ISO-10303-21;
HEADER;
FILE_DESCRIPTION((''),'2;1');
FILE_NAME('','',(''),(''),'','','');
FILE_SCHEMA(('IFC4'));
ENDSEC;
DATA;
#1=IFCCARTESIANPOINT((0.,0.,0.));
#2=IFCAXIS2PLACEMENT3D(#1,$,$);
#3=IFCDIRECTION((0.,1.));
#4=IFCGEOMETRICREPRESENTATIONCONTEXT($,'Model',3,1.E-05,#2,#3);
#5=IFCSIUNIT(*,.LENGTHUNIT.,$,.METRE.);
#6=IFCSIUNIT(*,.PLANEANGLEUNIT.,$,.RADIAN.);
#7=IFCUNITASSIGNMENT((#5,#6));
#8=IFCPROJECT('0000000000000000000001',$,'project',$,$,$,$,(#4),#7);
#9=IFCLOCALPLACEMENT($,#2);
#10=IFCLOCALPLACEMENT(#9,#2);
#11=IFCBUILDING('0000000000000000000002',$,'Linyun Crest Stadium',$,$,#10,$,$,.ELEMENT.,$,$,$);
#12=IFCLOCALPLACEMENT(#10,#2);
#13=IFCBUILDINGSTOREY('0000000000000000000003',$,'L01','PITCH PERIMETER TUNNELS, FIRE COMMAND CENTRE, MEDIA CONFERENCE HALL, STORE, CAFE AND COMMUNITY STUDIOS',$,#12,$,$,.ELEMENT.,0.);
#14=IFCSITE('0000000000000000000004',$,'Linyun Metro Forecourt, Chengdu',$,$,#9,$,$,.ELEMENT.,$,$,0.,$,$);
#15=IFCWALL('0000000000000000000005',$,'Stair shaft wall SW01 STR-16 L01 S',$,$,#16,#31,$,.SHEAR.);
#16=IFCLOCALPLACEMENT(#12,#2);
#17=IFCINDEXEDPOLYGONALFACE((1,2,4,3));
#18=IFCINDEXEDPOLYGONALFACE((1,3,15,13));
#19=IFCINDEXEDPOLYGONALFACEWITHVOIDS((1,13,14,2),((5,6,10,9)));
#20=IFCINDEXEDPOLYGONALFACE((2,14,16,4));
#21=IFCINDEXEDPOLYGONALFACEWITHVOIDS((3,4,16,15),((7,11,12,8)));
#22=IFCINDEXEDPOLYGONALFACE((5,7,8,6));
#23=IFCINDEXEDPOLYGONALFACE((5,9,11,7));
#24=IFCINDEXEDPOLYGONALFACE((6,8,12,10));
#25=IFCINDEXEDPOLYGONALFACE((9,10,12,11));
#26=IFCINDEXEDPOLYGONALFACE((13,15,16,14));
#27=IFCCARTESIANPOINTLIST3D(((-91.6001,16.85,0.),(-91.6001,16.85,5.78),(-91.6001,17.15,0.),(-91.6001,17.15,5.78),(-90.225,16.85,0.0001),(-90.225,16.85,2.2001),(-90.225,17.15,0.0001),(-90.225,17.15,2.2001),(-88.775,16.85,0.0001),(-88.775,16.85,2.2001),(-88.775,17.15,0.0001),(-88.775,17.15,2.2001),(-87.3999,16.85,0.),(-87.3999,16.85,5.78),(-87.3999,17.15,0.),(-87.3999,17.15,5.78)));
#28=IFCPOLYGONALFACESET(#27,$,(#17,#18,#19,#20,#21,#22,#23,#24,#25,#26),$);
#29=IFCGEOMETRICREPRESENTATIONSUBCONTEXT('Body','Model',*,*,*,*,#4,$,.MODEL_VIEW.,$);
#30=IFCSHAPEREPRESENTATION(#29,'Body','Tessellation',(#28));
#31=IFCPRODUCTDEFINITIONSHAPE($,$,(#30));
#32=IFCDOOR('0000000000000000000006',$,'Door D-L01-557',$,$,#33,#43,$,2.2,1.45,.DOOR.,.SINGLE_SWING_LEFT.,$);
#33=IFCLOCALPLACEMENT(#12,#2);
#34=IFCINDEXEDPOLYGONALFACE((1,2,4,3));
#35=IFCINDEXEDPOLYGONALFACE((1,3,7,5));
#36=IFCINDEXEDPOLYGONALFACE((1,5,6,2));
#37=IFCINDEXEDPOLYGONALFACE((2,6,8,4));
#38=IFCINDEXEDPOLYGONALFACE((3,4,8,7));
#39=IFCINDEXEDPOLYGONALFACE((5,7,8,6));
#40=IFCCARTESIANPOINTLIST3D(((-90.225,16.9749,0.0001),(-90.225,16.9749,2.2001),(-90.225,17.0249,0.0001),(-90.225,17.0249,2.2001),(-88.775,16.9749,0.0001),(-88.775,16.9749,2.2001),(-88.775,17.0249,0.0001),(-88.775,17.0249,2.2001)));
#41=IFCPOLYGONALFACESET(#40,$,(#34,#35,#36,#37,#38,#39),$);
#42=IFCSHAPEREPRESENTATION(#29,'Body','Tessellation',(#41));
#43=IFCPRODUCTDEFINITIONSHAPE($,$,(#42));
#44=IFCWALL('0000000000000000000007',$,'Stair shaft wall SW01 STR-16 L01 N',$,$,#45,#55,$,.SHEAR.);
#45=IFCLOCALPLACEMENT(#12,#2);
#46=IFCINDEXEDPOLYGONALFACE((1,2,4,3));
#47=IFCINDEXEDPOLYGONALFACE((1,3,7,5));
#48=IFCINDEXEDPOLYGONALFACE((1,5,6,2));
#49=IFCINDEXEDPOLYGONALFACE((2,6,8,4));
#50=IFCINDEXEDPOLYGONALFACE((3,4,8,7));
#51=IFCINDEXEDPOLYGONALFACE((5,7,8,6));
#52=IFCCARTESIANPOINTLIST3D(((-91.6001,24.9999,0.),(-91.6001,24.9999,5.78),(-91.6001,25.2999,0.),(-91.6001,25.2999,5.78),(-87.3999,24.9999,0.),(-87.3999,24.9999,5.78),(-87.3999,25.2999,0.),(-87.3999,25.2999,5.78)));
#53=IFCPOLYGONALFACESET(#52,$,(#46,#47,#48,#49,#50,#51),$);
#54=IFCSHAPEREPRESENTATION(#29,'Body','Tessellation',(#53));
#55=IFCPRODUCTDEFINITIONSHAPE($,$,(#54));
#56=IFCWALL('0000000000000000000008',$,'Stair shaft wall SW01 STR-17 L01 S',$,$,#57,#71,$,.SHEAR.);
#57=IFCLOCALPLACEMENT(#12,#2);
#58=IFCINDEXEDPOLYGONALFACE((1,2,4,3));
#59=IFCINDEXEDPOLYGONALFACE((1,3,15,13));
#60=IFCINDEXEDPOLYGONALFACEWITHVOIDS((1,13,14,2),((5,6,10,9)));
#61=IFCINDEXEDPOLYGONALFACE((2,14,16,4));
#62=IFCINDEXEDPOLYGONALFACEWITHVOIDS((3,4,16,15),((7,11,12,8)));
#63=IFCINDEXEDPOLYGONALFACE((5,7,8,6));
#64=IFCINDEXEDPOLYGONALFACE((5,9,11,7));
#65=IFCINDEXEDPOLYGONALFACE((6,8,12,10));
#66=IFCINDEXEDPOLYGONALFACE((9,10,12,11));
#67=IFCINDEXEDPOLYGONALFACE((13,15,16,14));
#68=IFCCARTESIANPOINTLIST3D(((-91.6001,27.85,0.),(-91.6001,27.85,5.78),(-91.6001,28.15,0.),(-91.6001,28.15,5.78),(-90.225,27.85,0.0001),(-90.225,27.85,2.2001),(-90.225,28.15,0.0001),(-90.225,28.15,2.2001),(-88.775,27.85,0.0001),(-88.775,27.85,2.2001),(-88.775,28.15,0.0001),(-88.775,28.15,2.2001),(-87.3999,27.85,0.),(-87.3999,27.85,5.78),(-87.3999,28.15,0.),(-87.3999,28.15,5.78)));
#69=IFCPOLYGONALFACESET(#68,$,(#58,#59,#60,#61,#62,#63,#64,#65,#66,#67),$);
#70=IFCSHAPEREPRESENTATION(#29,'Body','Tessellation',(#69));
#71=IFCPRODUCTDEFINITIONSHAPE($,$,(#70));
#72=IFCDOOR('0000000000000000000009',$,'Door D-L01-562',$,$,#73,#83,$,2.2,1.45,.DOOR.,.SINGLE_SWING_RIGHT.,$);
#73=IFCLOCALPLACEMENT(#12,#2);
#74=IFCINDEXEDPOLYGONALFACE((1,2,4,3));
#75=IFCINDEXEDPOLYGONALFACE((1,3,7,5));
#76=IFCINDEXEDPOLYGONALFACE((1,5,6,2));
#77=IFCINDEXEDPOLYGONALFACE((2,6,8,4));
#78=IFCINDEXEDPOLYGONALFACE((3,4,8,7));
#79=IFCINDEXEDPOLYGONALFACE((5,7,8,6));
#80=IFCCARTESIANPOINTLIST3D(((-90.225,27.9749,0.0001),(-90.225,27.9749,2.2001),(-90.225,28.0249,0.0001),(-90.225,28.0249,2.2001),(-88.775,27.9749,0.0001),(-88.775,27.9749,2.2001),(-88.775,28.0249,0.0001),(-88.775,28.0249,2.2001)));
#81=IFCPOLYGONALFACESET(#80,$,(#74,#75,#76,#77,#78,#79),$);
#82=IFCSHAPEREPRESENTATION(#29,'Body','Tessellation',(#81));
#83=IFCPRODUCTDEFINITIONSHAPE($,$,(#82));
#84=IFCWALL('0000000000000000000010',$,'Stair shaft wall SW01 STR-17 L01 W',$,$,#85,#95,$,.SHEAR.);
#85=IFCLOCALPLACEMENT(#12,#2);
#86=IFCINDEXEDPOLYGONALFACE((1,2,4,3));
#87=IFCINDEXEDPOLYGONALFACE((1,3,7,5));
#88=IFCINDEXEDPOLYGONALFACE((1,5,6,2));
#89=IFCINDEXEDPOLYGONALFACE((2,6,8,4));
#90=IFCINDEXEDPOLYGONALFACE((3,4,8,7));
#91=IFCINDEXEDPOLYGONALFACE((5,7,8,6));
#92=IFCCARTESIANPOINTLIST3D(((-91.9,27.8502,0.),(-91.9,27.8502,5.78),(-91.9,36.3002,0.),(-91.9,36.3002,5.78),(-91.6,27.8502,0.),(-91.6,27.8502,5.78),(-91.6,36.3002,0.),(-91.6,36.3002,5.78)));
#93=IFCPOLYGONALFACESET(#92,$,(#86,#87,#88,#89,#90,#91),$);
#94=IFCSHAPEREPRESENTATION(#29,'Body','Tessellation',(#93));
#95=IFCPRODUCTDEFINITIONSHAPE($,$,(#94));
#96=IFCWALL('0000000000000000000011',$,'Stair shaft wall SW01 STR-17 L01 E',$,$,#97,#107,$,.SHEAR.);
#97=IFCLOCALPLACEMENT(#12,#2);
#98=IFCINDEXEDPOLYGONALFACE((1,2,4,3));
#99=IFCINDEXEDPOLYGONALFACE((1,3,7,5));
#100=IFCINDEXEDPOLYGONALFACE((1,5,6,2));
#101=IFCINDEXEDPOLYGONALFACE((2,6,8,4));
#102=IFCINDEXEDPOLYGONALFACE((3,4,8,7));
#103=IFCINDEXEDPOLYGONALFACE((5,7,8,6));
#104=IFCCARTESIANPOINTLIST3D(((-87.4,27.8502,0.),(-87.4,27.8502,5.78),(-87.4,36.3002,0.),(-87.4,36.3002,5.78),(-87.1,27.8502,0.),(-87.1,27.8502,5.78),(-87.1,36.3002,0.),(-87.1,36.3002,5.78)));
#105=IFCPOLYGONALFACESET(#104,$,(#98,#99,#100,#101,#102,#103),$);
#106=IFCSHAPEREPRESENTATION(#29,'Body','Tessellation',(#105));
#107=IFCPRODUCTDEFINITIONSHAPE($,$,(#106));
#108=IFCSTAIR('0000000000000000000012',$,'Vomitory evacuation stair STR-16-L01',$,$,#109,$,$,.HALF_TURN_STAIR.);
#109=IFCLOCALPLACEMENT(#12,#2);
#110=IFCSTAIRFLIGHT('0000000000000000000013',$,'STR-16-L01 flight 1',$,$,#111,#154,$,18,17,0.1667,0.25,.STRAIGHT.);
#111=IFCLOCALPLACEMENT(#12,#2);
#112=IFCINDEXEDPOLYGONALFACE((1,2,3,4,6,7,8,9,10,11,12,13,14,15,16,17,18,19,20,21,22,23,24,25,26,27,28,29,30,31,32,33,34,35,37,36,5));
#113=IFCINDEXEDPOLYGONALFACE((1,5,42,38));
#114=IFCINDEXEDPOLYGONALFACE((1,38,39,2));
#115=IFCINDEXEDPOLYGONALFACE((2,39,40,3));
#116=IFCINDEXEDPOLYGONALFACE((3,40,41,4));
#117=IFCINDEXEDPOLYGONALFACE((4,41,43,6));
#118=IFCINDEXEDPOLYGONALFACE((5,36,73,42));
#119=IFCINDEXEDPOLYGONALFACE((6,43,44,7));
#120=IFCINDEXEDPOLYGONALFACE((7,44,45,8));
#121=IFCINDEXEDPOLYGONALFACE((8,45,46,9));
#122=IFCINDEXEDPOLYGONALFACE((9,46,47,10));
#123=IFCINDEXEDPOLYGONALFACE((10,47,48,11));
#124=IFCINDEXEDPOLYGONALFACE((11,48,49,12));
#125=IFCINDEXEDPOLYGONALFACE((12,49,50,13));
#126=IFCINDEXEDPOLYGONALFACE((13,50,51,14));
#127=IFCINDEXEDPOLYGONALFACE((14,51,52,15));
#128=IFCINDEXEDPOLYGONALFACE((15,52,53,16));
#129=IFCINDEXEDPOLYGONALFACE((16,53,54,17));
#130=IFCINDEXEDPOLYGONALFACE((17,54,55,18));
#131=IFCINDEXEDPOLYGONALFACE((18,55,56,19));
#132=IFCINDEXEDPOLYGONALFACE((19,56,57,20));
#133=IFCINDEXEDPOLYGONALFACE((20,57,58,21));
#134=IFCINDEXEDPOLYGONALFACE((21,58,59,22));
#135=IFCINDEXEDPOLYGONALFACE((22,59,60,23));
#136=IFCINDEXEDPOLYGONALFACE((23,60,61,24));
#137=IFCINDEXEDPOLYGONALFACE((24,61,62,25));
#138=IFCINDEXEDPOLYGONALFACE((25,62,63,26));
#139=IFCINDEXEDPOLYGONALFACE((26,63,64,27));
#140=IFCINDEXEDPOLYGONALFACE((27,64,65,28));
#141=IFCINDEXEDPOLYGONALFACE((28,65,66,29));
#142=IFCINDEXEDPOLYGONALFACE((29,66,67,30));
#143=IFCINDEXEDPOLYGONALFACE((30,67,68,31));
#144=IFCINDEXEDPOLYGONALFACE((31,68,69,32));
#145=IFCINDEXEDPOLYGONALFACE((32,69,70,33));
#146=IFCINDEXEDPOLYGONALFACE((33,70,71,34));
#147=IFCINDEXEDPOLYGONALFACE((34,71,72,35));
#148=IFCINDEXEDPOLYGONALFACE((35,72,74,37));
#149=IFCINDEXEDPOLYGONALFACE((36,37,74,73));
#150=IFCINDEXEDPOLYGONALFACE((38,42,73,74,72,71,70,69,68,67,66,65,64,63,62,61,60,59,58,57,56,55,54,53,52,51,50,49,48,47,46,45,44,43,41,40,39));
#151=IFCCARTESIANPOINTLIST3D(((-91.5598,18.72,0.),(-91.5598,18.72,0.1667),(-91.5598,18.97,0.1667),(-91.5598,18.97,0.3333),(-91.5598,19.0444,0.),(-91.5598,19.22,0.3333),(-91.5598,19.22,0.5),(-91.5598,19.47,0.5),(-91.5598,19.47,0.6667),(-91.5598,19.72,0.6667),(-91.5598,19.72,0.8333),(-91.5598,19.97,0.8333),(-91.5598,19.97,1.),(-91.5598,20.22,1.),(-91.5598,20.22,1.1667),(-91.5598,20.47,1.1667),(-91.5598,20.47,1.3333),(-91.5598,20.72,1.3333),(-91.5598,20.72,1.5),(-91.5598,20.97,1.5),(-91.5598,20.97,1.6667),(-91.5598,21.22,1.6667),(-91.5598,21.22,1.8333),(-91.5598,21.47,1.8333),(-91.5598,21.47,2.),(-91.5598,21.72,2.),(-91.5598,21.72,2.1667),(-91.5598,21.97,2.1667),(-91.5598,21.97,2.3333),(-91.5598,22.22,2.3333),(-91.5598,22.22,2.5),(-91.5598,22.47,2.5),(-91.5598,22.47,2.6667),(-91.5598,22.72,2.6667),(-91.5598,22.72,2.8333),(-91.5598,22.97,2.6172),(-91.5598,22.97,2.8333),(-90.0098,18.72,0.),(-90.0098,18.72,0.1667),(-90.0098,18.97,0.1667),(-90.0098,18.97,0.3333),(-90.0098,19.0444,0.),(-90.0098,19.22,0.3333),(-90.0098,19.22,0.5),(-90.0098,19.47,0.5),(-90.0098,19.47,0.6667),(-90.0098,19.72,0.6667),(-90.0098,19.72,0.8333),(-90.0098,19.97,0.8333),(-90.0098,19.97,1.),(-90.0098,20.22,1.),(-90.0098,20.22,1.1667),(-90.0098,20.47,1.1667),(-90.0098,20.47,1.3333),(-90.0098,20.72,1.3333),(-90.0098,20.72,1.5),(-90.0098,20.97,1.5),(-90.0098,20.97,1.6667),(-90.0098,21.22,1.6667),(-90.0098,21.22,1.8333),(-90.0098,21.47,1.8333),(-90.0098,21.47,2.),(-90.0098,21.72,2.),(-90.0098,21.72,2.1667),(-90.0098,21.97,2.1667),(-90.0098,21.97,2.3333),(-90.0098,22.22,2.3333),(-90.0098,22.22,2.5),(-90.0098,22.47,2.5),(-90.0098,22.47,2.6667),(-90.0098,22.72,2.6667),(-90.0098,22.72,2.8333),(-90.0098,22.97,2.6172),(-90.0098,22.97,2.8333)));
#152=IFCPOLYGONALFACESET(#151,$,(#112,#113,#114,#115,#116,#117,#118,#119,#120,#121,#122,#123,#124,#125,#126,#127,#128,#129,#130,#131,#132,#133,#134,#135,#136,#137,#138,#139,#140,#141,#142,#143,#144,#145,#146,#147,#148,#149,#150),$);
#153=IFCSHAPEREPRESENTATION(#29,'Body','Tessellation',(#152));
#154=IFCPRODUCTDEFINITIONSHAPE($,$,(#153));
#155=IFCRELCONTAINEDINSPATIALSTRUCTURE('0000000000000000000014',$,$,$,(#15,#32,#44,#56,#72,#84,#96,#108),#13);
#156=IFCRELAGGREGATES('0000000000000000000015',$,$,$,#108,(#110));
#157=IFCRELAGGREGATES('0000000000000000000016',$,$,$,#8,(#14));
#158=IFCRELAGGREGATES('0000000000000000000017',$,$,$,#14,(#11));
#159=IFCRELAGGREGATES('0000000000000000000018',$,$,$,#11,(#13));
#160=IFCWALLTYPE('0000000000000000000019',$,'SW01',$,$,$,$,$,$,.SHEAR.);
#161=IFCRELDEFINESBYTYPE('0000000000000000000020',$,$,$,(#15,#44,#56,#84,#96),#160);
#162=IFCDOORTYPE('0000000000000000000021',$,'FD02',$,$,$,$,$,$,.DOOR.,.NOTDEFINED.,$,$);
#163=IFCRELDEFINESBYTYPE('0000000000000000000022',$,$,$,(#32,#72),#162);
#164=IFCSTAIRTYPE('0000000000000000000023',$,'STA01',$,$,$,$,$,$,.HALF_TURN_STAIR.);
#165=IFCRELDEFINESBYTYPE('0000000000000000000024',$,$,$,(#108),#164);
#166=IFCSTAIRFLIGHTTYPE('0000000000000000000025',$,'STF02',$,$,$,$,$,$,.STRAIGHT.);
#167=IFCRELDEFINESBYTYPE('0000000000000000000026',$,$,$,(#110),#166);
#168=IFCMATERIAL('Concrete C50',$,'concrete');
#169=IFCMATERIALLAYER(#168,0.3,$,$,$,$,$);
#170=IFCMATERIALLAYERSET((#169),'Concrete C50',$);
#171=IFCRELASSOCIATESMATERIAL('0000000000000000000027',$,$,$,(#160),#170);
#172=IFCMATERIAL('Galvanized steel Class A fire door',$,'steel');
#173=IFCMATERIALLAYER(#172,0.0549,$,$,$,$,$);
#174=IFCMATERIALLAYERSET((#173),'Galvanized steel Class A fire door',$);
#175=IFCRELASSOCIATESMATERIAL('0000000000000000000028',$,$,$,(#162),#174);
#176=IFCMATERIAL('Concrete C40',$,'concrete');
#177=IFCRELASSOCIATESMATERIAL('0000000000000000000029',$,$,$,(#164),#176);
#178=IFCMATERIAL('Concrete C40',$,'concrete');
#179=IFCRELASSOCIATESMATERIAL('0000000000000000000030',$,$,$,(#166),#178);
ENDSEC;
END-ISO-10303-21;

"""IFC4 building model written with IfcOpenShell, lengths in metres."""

from ifc_helpers import new_model, si_unit, direction, frame, frame_2d, origin, place, context, subcontext, project, spatial, polyline, rectangle, outline, extrude, material, layer, layer_set, type_object, element, fill, aggregate, save


model = new_model("IFC4")

# Units and contexts
model_context = context("Model", 3, precision=1e-05, world=origin(), true_north=direction((0.0, 1.0)))
body_context = subcontext(model_context, "Body", "Model", "MODEL_VIEW")
ifc_project = project(units=[si_unit("LENGTHUNIT", "METRE"), si_unit("PLANEANGLEUNIT", "RADIAN")], contexts=[model_context])

# Site, building, storey
site_placement = place(None, origin())
site = spatial("IfcSite", under=ifc_project, at=site_placement, Name="Linyun Metro Forecourt, Chengdu", CompositionType="ELEMENT", RefElevation=0.0)
building_placement = place(site_placement, origin())
building = spatial("IfcBuilding", under=site, at=building_placement, Name="Linyun Crest Stadium", CompositionType="ELEMENT")
storey_placement = place(building_placement, origin())
storey = spatial("IfcBuildingStorey", under=building, at=storey_placement, Name="L01", Description="PITCH PERIMETER TUNNELS, FIRE COMMAND CENTRE, MEDIA CONFERENCE HALL, STORE, CAFE AND COMMUNITY STUDIOS", CompositionType="ELEMENT", Elevation=0.0)

# Wall, opening, door
ifc_material_1 = material(Name="Concrete C50", Category="concrete")
ifc_layer_1 = layer(ifc_material_1, 0.3)
ifc_layer_set_1 = layer_set([ifc_layer_1], Name="Concrete C50")
wall_type_1 = type_object("IfcWallType", Name="SW01", PredefinedType="SHEAR", material=ifc_layer_set_1)
wall_1_placement = place(storey_placement, frame((-91.6001, 17.0, 0.0), z_axis=(0.0, 0.0, 1.0), x_axis=(1.0, 0.0, 0.0)))
wall_1 = element("IfcWall", 1, at=wall_1_placement, inside=storey, type_object=wall_type_1, Name="Stair shaft wall SW01 STR-16 L01 S", PredefinedType="SHEAR", context=body_context, shape_type="SweptSolid", body=[
    extrude(rectangle(XDim=4.2002, YDim=0.3, at=frame_2d((2.1001, 0.0))), origin(), (0.0, 0.0, 1.0), 5.78),
])
opening_1_placement = place(wall_1_placement, frame((1.375, 0.0, 0.0)))
opening_1 = element("IfcOpeningElement", 2, at=opening_1_placement, cuts=wall_1, PredefinedType="OPENING", context=body_context, shape_type="SweptSolid", body=[
    extrude(rectangle(XDim=1.45, YDim=2.2, at=frame_2d((0.7251, 1.1001))), frame((0.0, 0.1599, 0.0), z_axis=(0.0, -1.0, 0.0), x_axis=(1.0, 0.0, 0.0)), (0.0, 0.0, 1.0), 0.3201),
])
ifc_material_2 = material(Name="Galvanized steel Class A fire door", Category="steel")
ifc_layer_2 = layer(ifc_material_2, 0.0549)
ifc_layer_set_2 = layer_set([ifc_layer_2], Name="Galvanized steel Class A fire door")
door_type_1 = type_object("IfcDoorType", Name="FD02", OperationType="NOTDEFINED", PredefinedType="DOOR", material=ifc_layer_set_2)
door_1_placement = place(opening_1_placement, origin())
door_1 = element("IfcDoor", 3, at=door_1_placement, inside=storey, type_object=door_type_1, Name="Door D-L01-557", OperationType="SINGLE_SWING_LEFT", OverallHeight=2.2, OverallWidth=1.45, PredefinedType="DOOR", context=body_context, shape_type="SweptSolid", body=[
    extrude(rectangle(XDim=1.45, YDim=2.2, at=frame_2d((0.7251, 1.1001))), frame((0.0, 0.0249, 0.0), z_axis=(0.0, -1.0, 0.0), x_axis=(1.0, 0.0, 0.0)), (0.0, 0.0, 1.0), 0.05),
])
fill(opening_1, door_1)

# Wall
wall_2_placement = place(storey_placement, frame((-91.6001, 25.1499, 0.0), z_axis=(0.0, 0.0, 1.0), x_axis=(1.0, 0.0, 0.0)))
element("IfcWall", 4, at=wall_2_placement, inside=storey, type_object=wall_type_1, Name="Stair shaft wall SW01 STR-16 L01 N", PredefinedType="SHEAR", context=body_context, shape_type="SweptSolid", body=[
    extrude(rectangle(XDim=4.2002, YDim=0.3, at=frame_2d((2.1001, 0.0))), origin(), (0.0, 0.0, 1.0), 5.78),
])

# Wall, opening, door
wall_3_placement = place(storey_placement, frame((-91.6001, 28.0, 0.0), z_axis=(0.0, 0.0, 1.0), x_axis=(1.0, 0.0, 0.0)))
wall_3 = element("IfcWall", 5, at=wall_3_placement, inside=storey, type_object=wall_type_1, Name="Stair shaft wall SW01 STR-17 L01 S", PredefinedType="SHEAR", context=body_context, shape_type="SweptSolid", body=[
    extrude(rectangle(XDim=4.2002, YDim=0.3, at=frame_2d((2.1001, 0.0))), origin(), (0.0, 0.0, 1.0), 5.78),
])
opening_2_placement = place(wall_3_placement, frame((1.375, 0.0, 0.0)))
opening_2 = element("IfcOpeningElement", 6, at=opening_2_placement, cuts=wall_3, PredefinedType="OPENING", context=body_context, shape_type="SweptSolid", body=[
    extrude(rectangle(XDim=1.45, YDim=2.2, at=frame_2d((0.7251, 1.1001))), frame((0.0, 0.1599, 0.0), z_axis=(0.0, -1.0, 0.0), x_axis=(1.0, 0.0, 0.0)), (0.0, 0.0, 1.0), 0.3201),
])
door_2_placement = place(opening_2_placement, origin())
door_2 = element("IfcDoor", 7, at=door_2_placement, inside=storey, type_object=door_type_1, Name="Door D-L01-562", OperationType="SINGLE_SWING_RIGHT", OverallHeight=2.2, OverallWidth=1.45, PredefinedType="DOOR", context=body_context, shape_type="SweptSolid", body=[
    extrude(rectangle(XDim=1.45, YDim=2.2, at=frame_2d((0.7251, 1.1001))), frame((0.0, 0.0249, 0.0), z_axis=(0.0, -1.0, 0.0), x_axis=(1.0, 0.0, 0.0)), (0.0, 0.0, 1.0), 0.05),
])
fill(opening_2, door_2)

# Walls
for number, where, z_axis, x_axis, name in (
    (8, (-91.75, 27.8501, 0.0), (0.0, 0.0, 1.0), (0.0, 1.0, 0.0), "Stair shaft wall SW01 STR-17 L01 W"),
    (9, (-87.25, 27.8501, 0.0), (0.0, 0.0, 1.0), (0.0, 1.0, 0.0), "Stair shaft wall SW01 STR-17 L01 E"),
):
    element("IfcWall", number, at=place(storey_placement, frame(where, z_axis=z_axis, x_axis=x_axis)), inside=storey, type_object=wall_type_1, Name=name, PredefinedType="SHEAR", context=body_context, shape_type="SweptSolid", body=[
        extrude(rectangle(XDim=8.45, YDim=0.3, at=frame_2d((4.2251, 0.0))), origin(), (0.0, 0.0, 1.0), 5.78),
    ])

# Stair, stair flight
ifc_material_3 = material(Name="Concrete C40", Category="concrete")
stair_type = type_object("IfcStairType", Name="STA01", PredefinedType="HALF_TURN_STAIR", material=ifc_material_3)
stair_1_placement = place(storey_placement, origin())
stair_1 = element("IfcStair", 10, at=stair_1_placement, inside=storey, type_object=stair_type, Name="Vomitory evacuation stair STR-16-L01", PredefinedType="HALF_TURN_STAIR")
ifc_material_4 = material(Name="Concrete C40", Category="concrete")
stair_flight_type = type_object("IfcStairFlightType", Name="STF02", PredefinedType="STRAIGHT", material=ifc_material_4)
stair_flight_1_placement = place(storey_placement, frame((-90.7849, 18.72, 0.0), z_axis=(0.0, 0.0, 1.0), x_axis=(0.0, 1.0, 0.0)))
stair_flight_1 = element("IfcStairFlight", 11, at=stair_flight_1_placement, type_object=stair_flight_type, Name="STR-16-L01 flight 1", NumberOfRisers=18, NumberOfTreads=17, PredefinedType="STRAIGHT", RiserHeight=0.1667, TreadLength=0.25, context=body_context, shape_type="SweptSolid", body=[
    extrude(outline(polyline([(0.0, 0.0), (0.0, 0.1667), (0.25, 0.1667), (0.25, 0.3333), (0.5, 0.3333), (0.5, 0.5), (0.75, 0.5), (0.75, 0.6667), (1.0, 0.6667), (1.0, 0.8333), (1.25, 0.8333), (1.25, 1.0), (1.5, 1.0), (1.5, 1.1667), (1.75, 1.1667), (1.75, 1.3333), (2.0, 1.3333), (2.0, 1.5), (2.25, 1.5), (2.25, 1.6667), (2.5, 1.6667), (2.5, 1.8333), (2.75, 1.8333), (2.75, 2.0), (3.0, 2.0), (3.0, 2.1667), (3.25, 2.1667), (3.25, 2.3333), (3.5, 2.3333), (3.5, 2.5), (3.75, 2.5), (3.75, 2.6667), (4.0, 2.6667), (4.0, 2.8333), (4.25, 2.8333), (4.25, 3.0), (4.25, 2.6172), (0.3245, 0.0), (0.0, 0.0)])), frame((0.0, 0.7749, 0.0), z_axis=(0.0, -1.0, 0.0), x_axis=(1.0, 0.0, 0.0)), (0.0, 0.0, 1.0), 1.55),
])
aggregate(stair_1, [stair_flight_1])

save(model, "model.ifc")
